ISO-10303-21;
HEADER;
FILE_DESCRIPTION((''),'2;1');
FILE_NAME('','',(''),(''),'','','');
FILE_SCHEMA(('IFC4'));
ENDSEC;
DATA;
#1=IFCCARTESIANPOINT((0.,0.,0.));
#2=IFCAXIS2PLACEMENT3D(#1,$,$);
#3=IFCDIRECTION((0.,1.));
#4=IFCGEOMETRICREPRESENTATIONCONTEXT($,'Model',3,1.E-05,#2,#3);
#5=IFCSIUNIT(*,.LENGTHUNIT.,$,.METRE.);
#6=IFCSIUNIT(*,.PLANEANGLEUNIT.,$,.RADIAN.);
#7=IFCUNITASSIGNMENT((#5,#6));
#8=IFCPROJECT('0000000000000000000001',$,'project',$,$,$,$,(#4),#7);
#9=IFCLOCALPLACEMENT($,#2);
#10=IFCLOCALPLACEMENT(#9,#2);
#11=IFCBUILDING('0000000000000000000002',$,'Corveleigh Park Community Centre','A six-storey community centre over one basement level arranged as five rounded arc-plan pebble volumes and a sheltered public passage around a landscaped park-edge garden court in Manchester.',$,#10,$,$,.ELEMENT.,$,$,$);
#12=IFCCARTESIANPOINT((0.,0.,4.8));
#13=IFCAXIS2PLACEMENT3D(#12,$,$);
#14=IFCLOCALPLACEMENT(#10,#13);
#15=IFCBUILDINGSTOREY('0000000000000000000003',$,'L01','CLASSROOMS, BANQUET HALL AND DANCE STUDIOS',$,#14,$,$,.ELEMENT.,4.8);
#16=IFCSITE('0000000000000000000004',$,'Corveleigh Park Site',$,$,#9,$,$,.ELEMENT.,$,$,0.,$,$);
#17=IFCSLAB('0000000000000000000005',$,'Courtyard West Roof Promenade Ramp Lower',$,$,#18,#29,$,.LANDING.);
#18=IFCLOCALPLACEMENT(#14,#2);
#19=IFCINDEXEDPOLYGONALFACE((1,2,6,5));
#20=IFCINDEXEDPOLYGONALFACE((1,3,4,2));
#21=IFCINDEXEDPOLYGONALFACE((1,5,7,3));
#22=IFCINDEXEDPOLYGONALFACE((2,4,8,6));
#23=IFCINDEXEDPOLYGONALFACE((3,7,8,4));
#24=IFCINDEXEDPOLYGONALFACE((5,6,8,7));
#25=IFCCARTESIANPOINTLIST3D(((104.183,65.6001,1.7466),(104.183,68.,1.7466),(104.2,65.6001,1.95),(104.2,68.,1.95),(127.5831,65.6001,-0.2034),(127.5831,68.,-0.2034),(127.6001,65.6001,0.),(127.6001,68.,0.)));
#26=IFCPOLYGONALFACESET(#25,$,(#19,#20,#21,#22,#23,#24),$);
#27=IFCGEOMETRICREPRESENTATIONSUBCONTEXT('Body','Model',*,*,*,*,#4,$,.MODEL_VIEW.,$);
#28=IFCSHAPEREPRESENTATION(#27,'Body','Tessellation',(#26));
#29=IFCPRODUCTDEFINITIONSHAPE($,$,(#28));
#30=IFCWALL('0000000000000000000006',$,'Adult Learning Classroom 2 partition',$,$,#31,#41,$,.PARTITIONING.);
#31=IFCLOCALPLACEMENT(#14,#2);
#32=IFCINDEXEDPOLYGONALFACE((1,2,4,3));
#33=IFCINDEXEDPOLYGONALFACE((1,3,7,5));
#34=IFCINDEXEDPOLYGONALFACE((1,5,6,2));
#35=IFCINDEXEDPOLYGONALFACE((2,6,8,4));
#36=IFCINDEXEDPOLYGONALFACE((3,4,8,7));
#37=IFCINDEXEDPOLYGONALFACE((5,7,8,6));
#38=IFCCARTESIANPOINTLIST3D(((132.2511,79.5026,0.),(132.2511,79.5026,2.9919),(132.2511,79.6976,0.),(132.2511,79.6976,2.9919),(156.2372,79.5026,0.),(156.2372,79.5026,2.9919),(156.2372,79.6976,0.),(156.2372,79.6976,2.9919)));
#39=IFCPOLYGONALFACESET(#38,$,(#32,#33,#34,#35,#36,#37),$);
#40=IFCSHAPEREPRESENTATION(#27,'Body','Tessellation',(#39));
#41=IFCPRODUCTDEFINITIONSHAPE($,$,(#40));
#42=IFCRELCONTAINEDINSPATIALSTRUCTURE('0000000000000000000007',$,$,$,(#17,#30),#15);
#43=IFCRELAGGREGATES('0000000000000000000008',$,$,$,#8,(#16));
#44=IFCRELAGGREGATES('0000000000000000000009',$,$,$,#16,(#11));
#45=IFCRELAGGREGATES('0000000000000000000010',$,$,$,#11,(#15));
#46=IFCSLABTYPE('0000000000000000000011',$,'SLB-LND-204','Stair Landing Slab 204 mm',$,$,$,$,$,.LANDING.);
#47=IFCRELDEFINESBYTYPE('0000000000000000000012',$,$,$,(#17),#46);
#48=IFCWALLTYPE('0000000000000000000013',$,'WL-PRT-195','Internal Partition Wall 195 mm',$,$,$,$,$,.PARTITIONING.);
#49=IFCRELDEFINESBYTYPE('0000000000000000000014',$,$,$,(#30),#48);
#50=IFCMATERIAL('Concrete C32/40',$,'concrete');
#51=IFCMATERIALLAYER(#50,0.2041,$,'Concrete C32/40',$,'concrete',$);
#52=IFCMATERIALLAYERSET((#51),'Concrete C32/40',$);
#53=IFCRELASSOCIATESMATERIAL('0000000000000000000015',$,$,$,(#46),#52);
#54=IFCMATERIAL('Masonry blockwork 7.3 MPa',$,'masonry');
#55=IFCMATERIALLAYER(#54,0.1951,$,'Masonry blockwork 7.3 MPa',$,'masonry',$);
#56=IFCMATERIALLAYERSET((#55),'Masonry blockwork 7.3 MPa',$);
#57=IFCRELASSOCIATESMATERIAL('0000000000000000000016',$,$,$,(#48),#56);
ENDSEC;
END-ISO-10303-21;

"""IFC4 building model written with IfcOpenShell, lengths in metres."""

from ifc_helpers import new_model, si_unit, direction, frame, frame_2d, origin, place, context, subcontext, project, spatial, polyline, rectangle, outline, extrude, material, layer, layer_set, type_object, element, save


model = new_model("IFC4")

# Units and contexts
model_context = context("Model", 3, precision=1e-05, world=origin(), true_north=direction((0.0, 1.0)))
body_context = subcontext(model_context, "Body", "Model", "MODEL_VIEW")
ifc_project = project(units=[si_unit("LENGTHUNIT", "METRE"), si_unit("PLANEANGLEUNIT", "RADIAN")], contexts=[model_context])

# Site, building, storey
site_placement = place(None, origin())
site = spatial("IfcSite", under=ifc_project, at=site_placement, Name="Corveleigh Park Site", CompositionType="ELEMENT", RefElevation=0.0)
building_placement = place(site_placement, origin())
building = spatial("IfcBuilding", under=site, at=building_placement, Name="Corveleigh Park Community Centre", Description="A six-storey community centre over one basement level arranged as five rounded arc-plan pebble volumes and a sheltered public passage around a landscaped park-edge garden court in Manchester.", CompositionType="ELEMENT")
storey_placement = place(building_placement, frame((0.0, 0.0, 4.8)))
storey = spatial("IfcBuildingStorey", under=building, at=storey_placement, Name="L01", Description="CLASSROOMS, BANQUET HALL AND DANCE STUDIOS", CompositionType="ELEMENT", Elevation=4.8)

# Slab
ifc_material_1 = material(Name="Concrete C32/40", Category="concrete")
ifc_layer_1 = layer(ifc_material_1, 0.2041, Name="Concrete C32/40", Category="concrete")
ifc_layer_set_1 = layer_set([ifc_layer_1], Name="Concrete C32/40")
slab_type = type_object("IfcSlabType", Name="SLB-LND-204", Description="Stair Landing Slab 204 mm", PredefinedType="LANDING", material=ifc_layer_set_1)
slab_placement = place(storey_placement, frame((127.6001, 68.0, 0.0), z_axis=(0.083043, 0.0, 0.996546), x_axis=(-0.996546, 0.0, 0.083043)))
element("IfcSlab", 1, at=slab_placement, inside=storey, type_object=slab_type, Name="Courtyard West Roof Promenade Ramp Lower", PredefinedType="LANDING", context=body_context, shape_type="SweptSolid", body=[
    extrude(outline(polyline([(0.0, 0.0), (23.4813, 0.0), (23.4813, 2.3999), (0.0, 2.3999), (0.0, 0.0)])), origin(), (0.0, 0.0, -1.0), 0.2041),
])

# Wall
ifc_material_2 = material(Name="Masonry blockwork 7.3 MPa", Category="masonry")
ifc_layer_2 = layer(ifc_material_2, 0.1951, Name="Masonry blockwork 7.3 MPa", Category="masonry")
ifc_layer_set_2 = layer_set([ifc_layer_2], Name="Masonry blockwork 7.3 MPa")
wall_type = type_object("IfcWallType", Name="WL-PRT-195", Description="Internal Partition Wall 195 mm", PredefinedType="PARTITIONING", material=ifc_layer_set_2)
wall_placement = place(storey_placement, frame((132.251, 79.6001, 0.0), z_axis=(0.0, 0.0, 1.0), x_axis=(1.0, 0.0, 0.0)))
element("IfcWall", 2, at=wall_placement, inside=storey, type_object=wall_type, Name="Adult Learning Classroom 2 partition", PredefinedType="PARTITIONING", context=body_context, shape_type="SweptSolid", body=[
    extrude(rectangle(XDim=23.9861, YDim=0.1951, at=frame_2d((11.9932, 0.0))), origin(), (0.0, 0.0, 1.0), 2.9919),
])

save(model, "model.ifc")
